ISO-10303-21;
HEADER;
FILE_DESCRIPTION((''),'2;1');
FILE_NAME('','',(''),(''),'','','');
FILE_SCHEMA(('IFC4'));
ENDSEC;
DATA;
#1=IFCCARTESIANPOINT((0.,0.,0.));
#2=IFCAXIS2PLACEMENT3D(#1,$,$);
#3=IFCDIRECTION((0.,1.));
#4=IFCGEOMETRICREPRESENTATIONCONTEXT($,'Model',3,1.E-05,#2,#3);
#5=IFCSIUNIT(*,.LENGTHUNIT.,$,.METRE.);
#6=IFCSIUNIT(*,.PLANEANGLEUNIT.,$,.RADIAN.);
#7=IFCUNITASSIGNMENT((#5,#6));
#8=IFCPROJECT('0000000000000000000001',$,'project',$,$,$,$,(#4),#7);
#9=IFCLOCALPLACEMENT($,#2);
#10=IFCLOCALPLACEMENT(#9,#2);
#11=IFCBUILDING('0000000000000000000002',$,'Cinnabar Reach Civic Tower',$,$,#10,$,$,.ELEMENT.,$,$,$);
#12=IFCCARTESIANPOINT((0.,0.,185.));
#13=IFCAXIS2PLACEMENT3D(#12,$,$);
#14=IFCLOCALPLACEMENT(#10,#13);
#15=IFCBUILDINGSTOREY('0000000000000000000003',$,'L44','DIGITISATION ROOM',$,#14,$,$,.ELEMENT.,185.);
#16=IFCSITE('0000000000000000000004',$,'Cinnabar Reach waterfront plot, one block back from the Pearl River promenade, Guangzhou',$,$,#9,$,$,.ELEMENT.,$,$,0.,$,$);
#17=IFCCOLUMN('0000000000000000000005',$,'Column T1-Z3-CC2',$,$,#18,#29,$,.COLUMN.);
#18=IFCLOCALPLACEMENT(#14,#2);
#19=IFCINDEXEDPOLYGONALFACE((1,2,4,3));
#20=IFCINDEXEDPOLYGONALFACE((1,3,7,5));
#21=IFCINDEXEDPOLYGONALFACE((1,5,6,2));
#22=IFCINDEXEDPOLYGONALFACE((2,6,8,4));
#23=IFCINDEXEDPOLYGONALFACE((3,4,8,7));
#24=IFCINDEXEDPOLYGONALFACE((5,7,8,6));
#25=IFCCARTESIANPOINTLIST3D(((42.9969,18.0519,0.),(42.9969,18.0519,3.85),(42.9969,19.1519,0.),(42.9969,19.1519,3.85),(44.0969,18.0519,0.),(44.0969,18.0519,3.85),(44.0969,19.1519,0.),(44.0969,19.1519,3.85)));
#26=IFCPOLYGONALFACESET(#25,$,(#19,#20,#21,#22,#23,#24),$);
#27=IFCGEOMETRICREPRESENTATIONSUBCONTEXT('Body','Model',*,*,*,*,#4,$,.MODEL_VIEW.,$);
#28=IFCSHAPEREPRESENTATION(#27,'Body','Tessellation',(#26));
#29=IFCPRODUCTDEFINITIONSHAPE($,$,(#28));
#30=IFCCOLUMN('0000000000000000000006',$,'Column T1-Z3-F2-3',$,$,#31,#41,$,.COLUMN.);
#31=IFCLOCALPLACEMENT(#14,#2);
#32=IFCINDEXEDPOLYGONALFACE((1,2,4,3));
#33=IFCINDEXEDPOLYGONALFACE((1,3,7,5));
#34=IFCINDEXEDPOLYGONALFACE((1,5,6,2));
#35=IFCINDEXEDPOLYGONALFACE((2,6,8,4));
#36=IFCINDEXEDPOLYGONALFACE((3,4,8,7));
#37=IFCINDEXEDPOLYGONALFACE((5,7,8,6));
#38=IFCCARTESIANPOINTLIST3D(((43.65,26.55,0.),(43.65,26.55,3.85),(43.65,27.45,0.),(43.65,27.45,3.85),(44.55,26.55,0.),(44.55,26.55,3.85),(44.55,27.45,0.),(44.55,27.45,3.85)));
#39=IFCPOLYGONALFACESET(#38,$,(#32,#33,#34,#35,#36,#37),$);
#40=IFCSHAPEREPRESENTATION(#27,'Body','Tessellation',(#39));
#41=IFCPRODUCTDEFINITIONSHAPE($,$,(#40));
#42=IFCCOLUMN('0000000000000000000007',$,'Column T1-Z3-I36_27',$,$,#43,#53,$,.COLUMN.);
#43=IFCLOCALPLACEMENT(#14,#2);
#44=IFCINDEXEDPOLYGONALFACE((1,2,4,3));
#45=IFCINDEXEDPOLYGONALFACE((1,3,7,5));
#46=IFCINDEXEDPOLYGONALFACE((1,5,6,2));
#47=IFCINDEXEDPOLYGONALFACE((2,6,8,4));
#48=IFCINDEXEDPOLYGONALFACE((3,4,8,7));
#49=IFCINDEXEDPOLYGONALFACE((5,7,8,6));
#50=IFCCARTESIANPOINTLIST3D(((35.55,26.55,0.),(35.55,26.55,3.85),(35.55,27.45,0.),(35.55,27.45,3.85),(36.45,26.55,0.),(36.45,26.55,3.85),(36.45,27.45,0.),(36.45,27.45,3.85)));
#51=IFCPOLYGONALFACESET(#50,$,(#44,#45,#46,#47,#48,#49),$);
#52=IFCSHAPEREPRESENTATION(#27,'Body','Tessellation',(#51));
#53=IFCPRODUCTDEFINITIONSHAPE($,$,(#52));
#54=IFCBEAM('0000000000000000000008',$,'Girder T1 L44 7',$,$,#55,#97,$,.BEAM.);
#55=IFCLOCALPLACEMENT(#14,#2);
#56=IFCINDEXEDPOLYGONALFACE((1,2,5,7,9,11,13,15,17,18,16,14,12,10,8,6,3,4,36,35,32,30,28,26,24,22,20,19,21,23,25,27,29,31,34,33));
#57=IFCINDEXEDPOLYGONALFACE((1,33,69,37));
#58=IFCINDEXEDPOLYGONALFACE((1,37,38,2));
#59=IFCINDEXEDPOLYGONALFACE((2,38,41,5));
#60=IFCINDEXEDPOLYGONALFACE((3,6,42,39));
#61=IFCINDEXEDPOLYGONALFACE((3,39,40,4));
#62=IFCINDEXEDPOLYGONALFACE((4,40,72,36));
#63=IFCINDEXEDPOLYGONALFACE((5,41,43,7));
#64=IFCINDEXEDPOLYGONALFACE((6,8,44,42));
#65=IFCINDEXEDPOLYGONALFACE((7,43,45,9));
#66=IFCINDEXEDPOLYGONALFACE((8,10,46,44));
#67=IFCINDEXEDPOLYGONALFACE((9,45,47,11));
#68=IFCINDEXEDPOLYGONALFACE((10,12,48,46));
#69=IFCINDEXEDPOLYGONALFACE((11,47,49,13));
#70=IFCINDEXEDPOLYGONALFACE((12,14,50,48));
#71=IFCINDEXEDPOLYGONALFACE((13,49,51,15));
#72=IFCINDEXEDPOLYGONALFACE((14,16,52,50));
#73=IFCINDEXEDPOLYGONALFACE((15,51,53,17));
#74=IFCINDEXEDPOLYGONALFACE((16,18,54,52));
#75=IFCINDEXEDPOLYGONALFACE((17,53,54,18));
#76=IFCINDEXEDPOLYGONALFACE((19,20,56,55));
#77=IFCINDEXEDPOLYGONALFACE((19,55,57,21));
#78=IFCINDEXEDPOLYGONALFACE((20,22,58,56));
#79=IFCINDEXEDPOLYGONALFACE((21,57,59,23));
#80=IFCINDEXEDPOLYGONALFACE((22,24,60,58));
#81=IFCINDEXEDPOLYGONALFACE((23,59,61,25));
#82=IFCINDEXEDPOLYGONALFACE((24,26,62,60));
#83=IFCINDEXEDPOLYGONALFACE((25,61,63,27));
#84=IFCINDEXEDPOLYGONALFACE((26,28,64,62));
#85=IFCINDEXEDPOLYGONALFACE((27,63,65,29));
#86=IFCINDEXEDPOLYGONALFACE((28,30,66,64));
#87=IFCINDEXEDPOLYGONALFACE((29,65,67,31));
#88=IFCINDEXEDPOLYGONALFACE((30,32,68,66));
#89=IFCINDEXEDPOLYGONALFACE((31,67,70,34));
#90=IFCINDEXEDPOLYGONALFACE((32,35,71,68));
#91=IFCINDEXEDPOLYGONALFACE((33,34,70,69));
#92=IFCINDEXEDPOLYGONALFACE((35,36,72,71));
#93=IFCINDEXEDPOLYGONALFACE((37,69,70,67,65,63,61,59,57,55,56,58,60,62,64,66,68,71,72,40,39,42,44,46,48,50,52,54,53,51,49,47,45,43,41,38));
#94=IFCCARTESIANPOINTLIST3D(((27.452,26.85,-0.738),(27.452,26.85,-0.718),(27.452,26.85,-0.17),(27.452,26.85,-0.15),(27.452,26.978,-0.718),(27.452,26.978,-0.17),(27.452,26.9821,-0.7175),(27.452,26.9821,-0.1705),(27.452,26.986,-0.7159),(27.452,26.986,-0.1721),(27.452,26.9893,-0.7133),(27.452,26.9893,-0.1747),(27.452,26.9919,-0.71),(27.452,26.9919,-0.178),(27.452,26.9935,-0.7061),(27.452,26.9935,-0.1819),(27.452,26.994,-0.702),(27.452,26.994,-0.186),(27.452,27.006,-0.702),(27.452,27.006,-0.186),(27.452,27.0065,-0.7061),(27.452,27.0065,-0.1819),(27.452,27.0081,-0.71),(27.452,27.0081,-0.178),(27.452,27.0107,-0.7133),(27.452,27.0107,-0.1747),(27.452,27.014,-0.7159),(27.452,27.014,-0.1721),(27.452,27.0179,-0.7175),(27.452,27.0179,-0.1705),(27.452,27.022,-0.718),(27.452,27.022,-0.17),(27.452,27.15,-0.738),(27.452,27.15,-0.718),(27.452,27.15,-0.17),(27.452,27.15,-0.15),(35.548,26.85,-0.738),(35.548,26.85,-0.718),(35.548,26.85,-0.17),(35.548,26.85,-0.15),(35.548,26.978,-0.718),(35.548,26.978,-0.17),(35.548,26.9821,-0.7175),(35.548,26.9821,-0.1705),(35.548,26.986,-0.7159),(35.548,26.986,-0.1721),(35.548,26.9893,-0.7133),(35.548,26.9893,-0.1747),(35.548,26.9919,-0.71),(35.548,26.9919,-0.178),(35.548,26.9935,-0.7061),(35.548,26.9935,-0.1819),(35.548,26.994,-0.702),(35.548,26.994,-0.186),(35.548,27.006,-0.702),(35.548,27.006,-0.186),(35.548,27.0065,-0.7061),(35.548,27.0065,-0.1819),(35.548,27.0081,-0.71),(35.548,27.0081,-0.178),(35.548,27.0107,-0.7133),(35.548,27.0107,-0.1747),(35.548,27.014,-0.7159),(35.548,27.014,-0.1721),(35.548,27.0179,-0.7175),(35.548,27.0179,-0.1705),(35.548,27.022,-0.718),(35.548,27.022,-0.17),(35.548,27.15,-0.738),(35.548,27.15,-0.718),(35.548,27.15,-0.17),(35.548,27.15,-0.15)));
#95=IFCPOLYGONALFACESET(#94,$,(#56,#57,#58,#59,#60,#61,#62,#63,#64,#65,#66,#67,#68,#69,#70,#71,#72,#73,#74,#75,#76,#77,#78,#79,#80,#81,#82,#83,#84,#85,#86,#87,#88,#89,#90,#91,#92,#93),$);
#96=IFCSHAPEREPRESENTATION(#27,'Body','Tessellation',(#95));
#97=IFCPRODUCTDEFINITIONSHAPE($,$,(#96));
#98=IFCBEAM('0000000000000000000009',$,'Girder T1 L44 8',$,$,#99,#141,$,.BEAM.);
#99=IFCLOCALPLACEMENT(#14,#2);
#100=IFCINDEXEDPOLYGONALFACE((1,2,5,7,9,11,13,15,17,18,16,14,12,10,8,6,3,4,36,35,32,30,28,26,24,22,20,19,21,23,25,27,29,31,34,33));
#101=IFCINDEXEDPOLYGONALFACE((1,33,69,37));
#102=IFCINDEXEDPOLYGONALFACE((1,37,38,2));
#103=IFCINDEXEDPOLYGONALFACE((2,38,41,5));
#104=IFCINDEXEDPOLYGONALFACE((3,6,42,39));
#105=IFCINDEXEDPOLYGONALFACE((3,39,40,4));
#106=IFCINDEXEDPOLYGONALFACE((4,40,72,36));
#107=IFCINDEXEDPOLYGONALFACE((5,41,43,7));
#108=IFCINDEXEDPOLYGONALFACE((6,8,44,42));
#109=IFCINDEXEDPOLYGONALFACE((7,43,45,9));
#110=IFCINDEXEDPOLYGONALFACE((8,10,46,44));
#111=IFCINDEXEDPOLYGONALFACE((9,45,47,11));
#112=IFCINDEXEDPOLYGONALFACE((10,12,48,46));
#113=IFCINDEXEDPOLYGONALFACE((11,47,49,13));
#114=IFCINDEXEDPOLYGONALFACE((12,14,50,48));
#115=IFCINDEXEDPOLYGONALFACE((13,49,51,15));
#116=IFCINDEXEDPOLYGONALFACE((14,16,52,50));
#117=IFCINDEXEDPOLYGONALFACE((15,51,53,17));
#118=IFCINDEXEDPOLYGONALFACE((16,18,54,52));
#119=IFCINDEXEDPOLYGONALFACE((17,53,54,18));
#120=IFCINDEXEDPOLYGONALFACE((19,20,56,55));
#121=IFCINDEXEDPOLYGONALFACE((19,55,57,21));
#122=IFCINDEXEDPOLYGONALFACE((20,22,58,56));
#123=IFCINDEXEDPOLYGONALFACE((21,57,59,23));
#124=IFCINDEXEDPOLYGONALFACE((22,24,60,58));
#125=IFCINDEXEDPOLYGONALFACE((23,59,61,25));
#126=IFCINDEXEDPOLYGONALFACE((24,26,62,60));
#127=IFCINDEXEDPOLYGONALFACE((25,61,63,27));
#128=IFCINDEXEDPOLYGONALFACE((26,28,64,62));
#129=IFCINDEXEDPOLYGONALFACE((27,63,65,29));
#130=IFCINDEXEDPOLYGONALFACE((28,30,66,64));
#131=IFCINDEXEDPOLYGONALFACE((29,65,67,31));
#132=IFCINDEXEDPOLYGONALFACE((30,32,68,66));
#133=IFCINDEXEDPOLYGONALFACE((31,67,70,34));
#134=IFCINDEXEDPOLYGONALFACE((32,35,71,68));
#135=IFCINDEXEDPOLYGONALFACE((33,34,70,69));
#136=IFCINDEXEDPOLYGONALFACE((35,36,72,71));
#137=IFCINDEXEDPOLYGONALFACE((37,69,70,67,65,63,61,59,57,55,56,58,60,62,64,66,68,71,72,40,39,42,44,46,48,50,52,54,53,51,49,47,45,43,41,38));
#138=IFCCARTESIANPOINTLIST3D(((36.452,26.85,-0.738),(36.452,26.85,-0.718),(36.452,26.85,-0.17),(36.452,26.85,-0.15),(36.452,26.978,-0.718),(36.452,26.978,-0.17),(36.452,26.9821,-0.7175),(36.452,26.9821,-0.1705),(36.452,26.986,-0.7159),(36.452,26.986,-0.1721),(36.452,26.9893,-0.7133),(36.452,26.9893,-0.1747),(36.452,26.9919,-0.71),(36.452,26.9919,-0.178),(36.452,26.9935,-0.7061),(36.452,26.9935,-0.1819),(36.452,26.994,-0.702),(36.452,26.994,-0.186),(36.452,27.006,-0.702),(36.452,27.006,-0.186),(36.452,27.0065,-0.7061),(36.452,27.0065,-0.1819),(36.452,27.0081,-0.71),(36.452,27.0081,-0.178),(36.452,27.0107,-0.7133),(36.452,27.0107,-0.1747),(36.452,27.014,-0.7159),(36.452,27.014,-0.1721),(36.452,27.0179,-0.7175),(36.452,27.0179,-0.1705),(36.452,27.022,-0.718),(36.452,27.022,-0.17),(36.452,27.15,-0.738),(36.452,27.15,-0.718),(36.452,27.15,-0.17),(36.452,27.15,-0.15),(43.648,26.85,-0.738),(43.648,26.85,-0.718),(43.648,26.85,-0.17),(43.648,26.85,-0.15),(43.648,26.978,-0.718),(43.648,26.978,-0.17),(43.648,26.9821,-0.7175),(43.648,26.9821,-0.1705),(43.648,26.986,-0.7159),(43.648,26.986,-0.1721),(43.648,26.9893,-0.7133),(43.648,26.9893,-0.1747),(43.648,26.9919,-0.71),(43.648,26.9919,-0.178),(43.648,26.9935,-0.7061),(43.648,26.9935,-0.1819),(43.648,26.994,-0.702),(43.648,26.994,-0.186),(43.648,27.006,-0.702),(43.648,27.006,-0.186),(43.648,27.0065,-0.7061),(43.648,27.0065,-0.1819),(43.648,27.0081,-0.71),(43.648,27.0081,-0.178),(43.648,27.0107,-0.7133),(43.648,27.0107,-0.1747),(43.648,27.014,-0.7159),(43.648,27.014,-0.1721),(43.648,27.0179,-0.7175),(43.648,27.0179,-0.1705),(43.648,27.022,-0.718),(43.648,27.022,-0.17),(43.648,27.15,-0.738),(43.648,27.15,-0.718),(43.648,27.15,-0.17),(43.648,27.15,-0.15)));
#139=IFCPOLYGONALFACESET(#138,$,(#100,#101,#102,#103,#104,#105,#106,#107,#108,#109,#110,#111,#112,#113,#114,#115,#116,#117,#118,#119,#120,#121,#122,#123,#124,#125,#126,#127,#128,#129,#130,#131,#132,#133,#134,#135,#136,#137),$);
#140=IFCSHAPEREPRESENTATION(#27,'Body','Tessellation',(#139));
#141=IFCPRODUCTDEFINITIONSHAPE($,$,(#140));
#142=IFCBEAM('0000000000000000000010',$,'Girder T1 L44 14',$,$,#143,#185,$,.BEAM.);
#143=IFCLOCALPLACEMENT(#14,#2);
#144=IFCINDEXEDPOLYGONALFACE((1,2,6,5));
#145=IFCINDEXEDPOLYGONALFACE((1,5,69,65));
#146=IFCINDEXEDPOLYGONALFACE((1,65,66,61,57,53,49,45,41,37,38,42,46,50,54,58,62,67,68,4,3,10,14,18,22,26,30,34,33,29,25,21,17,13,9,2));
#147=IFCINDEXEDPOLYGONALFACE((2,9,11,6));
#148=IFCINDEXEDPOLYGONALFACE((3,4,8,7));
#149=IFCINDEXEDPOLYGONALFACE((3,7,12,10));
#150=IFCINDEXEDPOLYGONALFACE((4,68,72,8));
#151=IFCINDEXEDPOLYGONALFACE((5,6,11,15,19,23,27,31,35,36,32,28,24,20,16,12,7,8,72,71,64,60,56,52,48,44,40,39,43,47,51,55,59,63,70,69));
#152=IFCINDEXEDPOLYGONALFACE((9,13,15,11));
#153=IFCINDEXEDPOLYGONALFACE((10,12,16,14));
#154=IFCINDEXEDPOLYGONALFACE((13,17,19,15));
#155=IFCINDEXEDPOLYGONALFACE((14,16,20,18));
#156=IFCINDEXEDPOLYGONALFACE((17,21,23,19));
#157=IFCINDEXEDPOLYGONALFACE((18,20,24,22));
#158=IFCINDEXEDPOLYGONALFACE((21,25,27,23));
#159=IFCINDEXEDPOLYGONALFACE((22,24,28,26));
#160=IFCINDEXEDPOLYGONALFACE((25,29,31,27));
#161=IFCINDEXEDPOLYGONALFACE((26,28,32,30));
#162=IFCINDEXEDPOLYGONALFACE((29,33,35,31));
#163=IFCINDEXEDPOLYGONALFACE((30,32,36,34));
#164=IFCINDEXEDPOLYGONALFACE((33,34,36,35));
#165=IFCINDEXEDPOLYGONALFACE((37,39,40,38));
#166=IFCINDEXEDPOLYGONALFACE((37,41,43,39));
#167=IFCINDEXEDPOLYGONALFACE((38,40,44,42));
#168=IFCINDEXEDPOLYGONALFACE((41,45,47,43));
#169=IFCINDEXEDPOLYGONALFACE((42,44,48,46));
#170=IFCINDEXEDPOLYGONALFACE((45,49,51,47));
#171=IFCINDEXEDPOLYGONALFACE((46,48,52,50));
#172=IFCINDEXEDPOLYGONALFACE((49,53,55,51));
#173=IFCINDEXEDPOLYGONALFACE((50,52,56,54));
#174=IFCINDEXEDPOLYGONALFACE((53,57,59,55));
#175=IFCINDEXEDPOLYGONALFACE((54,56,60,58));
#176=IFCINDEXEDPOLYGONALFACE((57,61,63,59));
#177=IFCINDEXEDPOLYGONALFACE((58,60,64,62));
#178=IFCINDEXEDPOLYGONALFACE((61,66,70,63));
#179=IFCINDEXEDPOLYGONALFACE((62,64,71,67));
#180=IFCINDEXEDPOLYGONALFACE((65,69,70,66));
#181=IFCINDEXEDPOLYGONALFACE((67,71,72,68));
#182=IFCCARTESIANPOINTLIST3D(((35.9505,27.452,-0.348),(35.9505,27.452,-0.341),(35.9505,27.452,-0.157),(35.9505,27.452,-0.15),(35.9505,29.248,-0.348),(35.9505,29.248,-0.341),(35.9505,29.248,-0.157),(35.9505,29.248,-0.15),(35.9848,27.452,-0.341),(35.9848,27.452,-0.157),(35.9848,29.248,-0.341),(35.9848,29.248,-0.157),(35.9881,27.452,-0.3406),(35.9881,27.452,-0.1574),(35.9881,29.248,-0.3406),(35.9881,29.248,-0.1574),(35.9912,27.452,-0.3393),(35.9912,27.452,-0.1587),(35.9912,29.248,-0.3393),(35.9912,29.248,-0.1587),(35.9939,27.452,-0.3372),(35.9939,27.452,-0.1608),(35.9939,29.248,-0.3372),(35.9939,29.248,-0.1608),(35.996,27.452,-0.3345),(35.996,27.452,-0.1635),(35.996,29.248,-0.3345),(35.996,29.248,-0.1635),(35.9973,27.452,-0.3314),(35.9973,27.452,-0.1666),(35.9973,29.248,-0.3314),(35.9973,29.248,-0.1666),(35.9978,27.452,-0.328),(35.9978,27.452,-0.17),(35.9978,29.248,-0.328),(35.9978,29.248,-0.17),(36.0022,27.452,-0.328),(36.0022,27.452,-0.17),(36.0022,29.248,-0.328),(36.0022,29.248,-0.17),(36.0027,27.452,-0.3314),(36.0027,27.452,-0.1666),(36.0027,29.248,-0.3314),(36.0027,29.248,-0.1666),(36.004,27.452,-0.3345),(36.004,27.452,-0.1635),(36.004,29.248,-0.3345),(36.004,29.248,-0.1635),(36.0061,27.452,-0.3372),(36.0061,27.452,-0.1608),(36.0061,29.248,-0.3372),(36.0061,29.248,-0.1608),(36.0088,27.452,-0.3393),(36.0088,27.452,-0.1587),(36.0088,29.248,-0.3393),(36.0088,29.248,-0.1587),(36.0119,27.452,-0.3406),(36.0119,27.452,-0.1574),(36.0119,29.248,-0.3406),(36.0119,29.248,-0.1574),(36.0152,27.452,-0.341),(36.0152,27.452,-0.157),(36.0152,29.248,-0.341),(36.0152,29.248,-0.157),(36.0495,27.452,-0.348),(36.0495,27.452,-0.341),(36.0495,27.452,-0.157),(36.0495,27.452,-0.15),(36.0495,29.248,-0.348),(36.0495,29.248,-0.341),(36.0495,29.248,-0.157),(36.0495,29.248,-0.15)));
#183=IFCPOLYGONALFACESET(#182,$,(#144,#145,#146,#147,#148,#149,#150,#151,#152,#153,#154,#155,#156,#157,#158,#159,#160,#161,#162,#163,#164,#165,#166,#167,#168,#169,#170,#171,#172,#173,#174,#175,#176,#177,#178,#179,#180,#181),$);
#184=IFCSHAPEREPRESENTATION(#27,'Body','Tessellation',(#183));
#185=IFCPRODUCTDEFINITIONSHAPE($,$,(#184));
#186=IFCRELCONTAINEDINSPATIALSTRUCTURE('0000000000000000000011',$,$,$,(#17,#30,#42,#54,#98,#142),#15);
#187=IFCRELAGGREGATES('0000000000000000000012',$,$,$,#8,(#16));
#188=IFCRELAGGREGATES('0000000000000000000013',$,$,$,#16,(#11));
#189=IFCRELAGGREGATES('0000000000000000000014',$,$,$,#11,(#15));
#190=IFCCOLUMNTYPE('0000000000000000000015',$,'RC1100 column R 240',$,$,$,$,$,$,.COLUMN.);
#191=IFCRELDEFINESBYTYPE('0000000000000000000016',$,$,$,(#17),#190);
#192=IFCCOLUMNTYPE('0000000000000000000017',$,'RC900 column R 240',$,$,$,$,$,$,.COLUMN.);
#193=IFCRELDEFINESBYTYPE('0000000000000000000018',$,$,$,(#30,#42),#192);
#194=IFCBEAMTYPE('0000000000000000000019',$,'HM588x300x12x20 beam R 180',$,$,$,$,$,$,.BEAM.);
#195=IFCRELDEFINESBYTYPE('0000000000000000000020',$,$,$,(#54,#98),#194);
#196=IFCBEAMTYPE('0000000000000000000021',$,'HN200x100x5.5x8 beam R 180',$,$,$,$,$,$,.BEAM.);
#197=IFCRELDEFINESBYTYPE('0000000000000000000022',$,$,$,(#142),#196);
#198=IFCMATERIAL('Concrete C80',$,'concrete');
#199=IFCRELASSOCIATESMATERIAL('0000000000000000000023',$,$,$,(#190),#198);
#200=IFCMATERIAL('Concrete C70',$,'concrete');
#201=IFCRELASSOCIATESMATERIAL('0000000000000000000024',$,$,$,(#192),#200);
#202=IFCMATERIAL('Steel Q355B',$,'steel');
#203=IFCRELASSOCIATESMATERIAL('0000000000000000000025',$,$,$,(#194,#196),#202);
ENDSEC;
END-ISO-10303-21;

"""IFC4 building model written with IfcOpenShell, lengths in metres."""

from ifc_helpers import new_model, si_unit, direction, frame, origin, origin_2d, place, context, subcontext, project, spatial, rectangle, i_section, extrude, material, material_profile, profile_set, type_object, element, save


model = new_model("IFC4")

# Units and contexts
model_context = context("Model", 3, precision=1e-05, world=origin(), true_north=direction((0.0, 1.0)))
body_context = subcontext(model_context, "Body", "Model", "MODEL_VIEW")
ifc_project = project(units=[si_unit("LENGTHUNIT", "METRE"), si_unit("PLANEANGLEUNIT", "RADIAN")], contexts=[model_context])

# Site, building, storey
site_placement = place(None, origin())
site = spatial("IfcSite", under=ifc_project, at=site_placement, Name="Cinnabar Reach waterfront plot, one block back from the Pearl River promenade, Guangzhou", CompositionType="ELEMENT", RefElevation=0.0)
building_placement = place(site_placement, origin())
building = spatial("IfcBuilding", under=site, at=building_placement, Name="Cinnabar Reach Civic Tower", CompositionType="ELEMENT")
storey_placement = place(building_placement, frame((0.0, 0.0, 185.0)))
storey = spatial("IfcBuildingStorey", under=building, at=storey_placement, Name="L44", Description="DIGITISATION ROOM", CompositionType="ELEMENT", Elevation=185.0)

# Columns
ifc_material_1 = material(Name="Concrete C80", Category="concrete")
ifc_material_profile_1 = material_profile(ifc_material_1, rectangle(XDim=1.1, YDim=1.1, at=origin_2d()), Name="RC1100")
ifc_profile_set_1 = profile_set([ifc_material_profile_1], Name="Concrete C80")
column_type_1 = type_object("IfcColumnType", Name="RC1100 column R 240", PredefinedType="COLUMN", material=ifc_profile_set_1)
column_placement = place(storey_placement, frame((43.5469, 18.6019, 0.0), z_axis=(0.0, 0.0, 1.0), x_axis=(1.0, 0.0, 0.0)))
element("IfcColumn", 1, at=column_placement, inside=storey, type_object=column_type_1, Name="Column T1-Z3-CC2", PredefinedType="COLUMN", context=body_context, shape_type="SweptSolid", body=[
    extrude(rectangle(XDim=1.1, YDim=1.1, at=origin_2d()), origin(), (0.0, 0.0, 1.0), 3.85),
])
ifc_material_2 = material(Name="Concrete C70", Category="concrete")
ifc_material_profile_2 = material_profile(ifc_material_2, rectangle(XDim=0.9, YDim=0.9, at=origin_2d()), Name="RC900")
ifc_profile_set_2 = profile_set([ifc_material_profile_2], Name="Concrete C70")
column_type_2 = type_object("IfcColumnType", Name="RC900 column R 240", PredefinedType="COLUMN", material=ifc_profile_set_2)
for number, where, z_axis, x_axis, name in (
    (2, (44.1, 27.0, 0.0), (0.0, 0.0, 1.0), (1.0, 0.0, 0.0), "Column T1-Z3-F2-3"),
    (3, (36.0, 27.0, 0.0), (0.0, 0.0, 1.0), (1.0, 0.0, 0.0), "Column T1-Z3-I36_27"),
):
    element("IfcColumn", number, at=place(storey_placement, frame(where, z_axis=z_axis, x_axis=x_axis)), inside=storey, type_object=column_type_2, Name=name, PredefinedType="COLUMN", context=body_context, shape_type="SweptSolid", body=[
        extrude(rectangle(XDim=0.9, YDim=0.9, at=origin_2d()), origin(), (0.0, 0.0, 1.0), 3.85),
    ])

# Beams
ifc_material_3 = material(Name="Steel Q355B", Category="steel")
ifc_material_profile_3 = material_profile(ifc_material_3, i_section(OverallWidth=0.3, OverallDepth=0.588, WebThickness=0.012, FlangeThickness=0.02, FilletRadius=0.016, at=origin_2d()), Name="HM588x300x12x20")
ifc_profile_set_3 = profile_set([ifc_material_profile_3], Name="Steel Q355B")
beam_type_1 = type_object("IfcBeamType", Name="HM588x300x12x20 beam R 180", PredefinedType="BEAM", material=ifc_profile_set_3)
beam_1_placement = place(storey_placement, frame((27.452, 27.0, -0.444), z_axis=(1.0, 0.0, 0.0), x_axis=(0.0, 1.0, 0.0)))
element("IfcBeam", 4, at=beam_1_placement, inside=storey, type_object=beam_type_1, Name="Girder T1 L44 7", PredefinedType="BEAM", context=body_context, shape_type="SweptSolid", body=[
    extrude(i_section(OverallWidth=0.3, OverallDepth=0.588, WebThickness=0.012, FlangeThickness=0.02, FilletRadius=0.016, at=origin_2d()), origin(), (0.0, 0.0, 1.0), 8.096),
])
beam_2_placement = place(storey_placement, frame((36.452, 27.0, -0.444), z_axis=(1.0, 0.0, 0.0), x_axis=(0.0, 1.0, 0.0)))
element("IfcBeam", 5, at=beam_2_placement, inside=storey, type_object=beam_type_1, Name="Girder T1 L44 8", PredefinedType="BEAM", context=body_context, shape_type="SweptSolid", body=[
    extrude(i_section(OverallWidth=0.3, OverallDepth=0.588, WebThickness=0.012, FlangeThickness=0.02, FilletRadius=0.016, at=origin_2d()), origin(), (0.0, 0.0, 1.0), 7.196),
])
ifc_material_profile_4 = material_profile(ifc_material_3, i_section(OverallWidth=0.099, OverallDepth=0.198, WebThickness=0.0045, FlangeThickness=0.007, FilletRadius=0.013, at=origin_2d()), Name="HN200x100x5.5x8")
ifc_profile_set_4 = profile_set([ifc_material_profile_4], Name="Steel Q355B")
beam_type_2 = type_object("IfcBeamType", Name="HN200x100x5.5x8 beam R 180", PredefinedType="BEAM", material=ifc_profile_set_4)
beam_3_placement = place(storey_placement, frame((36.0, 27.452, -0.249), z_axis=(0.0, 1.0, 0.0), x_axis=(-1.0, 0.0, 0.0)))
element("IfcBeam", 6, at=beam_3_placement, inside=storey, type_object=beam_type_2, Name="Girder T1 L44 14", PredefinedType="BEAM", context=body_context, shape_type="SweptSolid", body=[
    extrude(i_section(OverallWidth=0.099, OverallDepth=0.198, WebThickness=0.0045, FlangeThickness=0.007, FilletRadius=0.013, at=origin_2d()), origin(), (0.0, 0.0, 1.0), 1.796),
])

save(model, "model.ifc")
